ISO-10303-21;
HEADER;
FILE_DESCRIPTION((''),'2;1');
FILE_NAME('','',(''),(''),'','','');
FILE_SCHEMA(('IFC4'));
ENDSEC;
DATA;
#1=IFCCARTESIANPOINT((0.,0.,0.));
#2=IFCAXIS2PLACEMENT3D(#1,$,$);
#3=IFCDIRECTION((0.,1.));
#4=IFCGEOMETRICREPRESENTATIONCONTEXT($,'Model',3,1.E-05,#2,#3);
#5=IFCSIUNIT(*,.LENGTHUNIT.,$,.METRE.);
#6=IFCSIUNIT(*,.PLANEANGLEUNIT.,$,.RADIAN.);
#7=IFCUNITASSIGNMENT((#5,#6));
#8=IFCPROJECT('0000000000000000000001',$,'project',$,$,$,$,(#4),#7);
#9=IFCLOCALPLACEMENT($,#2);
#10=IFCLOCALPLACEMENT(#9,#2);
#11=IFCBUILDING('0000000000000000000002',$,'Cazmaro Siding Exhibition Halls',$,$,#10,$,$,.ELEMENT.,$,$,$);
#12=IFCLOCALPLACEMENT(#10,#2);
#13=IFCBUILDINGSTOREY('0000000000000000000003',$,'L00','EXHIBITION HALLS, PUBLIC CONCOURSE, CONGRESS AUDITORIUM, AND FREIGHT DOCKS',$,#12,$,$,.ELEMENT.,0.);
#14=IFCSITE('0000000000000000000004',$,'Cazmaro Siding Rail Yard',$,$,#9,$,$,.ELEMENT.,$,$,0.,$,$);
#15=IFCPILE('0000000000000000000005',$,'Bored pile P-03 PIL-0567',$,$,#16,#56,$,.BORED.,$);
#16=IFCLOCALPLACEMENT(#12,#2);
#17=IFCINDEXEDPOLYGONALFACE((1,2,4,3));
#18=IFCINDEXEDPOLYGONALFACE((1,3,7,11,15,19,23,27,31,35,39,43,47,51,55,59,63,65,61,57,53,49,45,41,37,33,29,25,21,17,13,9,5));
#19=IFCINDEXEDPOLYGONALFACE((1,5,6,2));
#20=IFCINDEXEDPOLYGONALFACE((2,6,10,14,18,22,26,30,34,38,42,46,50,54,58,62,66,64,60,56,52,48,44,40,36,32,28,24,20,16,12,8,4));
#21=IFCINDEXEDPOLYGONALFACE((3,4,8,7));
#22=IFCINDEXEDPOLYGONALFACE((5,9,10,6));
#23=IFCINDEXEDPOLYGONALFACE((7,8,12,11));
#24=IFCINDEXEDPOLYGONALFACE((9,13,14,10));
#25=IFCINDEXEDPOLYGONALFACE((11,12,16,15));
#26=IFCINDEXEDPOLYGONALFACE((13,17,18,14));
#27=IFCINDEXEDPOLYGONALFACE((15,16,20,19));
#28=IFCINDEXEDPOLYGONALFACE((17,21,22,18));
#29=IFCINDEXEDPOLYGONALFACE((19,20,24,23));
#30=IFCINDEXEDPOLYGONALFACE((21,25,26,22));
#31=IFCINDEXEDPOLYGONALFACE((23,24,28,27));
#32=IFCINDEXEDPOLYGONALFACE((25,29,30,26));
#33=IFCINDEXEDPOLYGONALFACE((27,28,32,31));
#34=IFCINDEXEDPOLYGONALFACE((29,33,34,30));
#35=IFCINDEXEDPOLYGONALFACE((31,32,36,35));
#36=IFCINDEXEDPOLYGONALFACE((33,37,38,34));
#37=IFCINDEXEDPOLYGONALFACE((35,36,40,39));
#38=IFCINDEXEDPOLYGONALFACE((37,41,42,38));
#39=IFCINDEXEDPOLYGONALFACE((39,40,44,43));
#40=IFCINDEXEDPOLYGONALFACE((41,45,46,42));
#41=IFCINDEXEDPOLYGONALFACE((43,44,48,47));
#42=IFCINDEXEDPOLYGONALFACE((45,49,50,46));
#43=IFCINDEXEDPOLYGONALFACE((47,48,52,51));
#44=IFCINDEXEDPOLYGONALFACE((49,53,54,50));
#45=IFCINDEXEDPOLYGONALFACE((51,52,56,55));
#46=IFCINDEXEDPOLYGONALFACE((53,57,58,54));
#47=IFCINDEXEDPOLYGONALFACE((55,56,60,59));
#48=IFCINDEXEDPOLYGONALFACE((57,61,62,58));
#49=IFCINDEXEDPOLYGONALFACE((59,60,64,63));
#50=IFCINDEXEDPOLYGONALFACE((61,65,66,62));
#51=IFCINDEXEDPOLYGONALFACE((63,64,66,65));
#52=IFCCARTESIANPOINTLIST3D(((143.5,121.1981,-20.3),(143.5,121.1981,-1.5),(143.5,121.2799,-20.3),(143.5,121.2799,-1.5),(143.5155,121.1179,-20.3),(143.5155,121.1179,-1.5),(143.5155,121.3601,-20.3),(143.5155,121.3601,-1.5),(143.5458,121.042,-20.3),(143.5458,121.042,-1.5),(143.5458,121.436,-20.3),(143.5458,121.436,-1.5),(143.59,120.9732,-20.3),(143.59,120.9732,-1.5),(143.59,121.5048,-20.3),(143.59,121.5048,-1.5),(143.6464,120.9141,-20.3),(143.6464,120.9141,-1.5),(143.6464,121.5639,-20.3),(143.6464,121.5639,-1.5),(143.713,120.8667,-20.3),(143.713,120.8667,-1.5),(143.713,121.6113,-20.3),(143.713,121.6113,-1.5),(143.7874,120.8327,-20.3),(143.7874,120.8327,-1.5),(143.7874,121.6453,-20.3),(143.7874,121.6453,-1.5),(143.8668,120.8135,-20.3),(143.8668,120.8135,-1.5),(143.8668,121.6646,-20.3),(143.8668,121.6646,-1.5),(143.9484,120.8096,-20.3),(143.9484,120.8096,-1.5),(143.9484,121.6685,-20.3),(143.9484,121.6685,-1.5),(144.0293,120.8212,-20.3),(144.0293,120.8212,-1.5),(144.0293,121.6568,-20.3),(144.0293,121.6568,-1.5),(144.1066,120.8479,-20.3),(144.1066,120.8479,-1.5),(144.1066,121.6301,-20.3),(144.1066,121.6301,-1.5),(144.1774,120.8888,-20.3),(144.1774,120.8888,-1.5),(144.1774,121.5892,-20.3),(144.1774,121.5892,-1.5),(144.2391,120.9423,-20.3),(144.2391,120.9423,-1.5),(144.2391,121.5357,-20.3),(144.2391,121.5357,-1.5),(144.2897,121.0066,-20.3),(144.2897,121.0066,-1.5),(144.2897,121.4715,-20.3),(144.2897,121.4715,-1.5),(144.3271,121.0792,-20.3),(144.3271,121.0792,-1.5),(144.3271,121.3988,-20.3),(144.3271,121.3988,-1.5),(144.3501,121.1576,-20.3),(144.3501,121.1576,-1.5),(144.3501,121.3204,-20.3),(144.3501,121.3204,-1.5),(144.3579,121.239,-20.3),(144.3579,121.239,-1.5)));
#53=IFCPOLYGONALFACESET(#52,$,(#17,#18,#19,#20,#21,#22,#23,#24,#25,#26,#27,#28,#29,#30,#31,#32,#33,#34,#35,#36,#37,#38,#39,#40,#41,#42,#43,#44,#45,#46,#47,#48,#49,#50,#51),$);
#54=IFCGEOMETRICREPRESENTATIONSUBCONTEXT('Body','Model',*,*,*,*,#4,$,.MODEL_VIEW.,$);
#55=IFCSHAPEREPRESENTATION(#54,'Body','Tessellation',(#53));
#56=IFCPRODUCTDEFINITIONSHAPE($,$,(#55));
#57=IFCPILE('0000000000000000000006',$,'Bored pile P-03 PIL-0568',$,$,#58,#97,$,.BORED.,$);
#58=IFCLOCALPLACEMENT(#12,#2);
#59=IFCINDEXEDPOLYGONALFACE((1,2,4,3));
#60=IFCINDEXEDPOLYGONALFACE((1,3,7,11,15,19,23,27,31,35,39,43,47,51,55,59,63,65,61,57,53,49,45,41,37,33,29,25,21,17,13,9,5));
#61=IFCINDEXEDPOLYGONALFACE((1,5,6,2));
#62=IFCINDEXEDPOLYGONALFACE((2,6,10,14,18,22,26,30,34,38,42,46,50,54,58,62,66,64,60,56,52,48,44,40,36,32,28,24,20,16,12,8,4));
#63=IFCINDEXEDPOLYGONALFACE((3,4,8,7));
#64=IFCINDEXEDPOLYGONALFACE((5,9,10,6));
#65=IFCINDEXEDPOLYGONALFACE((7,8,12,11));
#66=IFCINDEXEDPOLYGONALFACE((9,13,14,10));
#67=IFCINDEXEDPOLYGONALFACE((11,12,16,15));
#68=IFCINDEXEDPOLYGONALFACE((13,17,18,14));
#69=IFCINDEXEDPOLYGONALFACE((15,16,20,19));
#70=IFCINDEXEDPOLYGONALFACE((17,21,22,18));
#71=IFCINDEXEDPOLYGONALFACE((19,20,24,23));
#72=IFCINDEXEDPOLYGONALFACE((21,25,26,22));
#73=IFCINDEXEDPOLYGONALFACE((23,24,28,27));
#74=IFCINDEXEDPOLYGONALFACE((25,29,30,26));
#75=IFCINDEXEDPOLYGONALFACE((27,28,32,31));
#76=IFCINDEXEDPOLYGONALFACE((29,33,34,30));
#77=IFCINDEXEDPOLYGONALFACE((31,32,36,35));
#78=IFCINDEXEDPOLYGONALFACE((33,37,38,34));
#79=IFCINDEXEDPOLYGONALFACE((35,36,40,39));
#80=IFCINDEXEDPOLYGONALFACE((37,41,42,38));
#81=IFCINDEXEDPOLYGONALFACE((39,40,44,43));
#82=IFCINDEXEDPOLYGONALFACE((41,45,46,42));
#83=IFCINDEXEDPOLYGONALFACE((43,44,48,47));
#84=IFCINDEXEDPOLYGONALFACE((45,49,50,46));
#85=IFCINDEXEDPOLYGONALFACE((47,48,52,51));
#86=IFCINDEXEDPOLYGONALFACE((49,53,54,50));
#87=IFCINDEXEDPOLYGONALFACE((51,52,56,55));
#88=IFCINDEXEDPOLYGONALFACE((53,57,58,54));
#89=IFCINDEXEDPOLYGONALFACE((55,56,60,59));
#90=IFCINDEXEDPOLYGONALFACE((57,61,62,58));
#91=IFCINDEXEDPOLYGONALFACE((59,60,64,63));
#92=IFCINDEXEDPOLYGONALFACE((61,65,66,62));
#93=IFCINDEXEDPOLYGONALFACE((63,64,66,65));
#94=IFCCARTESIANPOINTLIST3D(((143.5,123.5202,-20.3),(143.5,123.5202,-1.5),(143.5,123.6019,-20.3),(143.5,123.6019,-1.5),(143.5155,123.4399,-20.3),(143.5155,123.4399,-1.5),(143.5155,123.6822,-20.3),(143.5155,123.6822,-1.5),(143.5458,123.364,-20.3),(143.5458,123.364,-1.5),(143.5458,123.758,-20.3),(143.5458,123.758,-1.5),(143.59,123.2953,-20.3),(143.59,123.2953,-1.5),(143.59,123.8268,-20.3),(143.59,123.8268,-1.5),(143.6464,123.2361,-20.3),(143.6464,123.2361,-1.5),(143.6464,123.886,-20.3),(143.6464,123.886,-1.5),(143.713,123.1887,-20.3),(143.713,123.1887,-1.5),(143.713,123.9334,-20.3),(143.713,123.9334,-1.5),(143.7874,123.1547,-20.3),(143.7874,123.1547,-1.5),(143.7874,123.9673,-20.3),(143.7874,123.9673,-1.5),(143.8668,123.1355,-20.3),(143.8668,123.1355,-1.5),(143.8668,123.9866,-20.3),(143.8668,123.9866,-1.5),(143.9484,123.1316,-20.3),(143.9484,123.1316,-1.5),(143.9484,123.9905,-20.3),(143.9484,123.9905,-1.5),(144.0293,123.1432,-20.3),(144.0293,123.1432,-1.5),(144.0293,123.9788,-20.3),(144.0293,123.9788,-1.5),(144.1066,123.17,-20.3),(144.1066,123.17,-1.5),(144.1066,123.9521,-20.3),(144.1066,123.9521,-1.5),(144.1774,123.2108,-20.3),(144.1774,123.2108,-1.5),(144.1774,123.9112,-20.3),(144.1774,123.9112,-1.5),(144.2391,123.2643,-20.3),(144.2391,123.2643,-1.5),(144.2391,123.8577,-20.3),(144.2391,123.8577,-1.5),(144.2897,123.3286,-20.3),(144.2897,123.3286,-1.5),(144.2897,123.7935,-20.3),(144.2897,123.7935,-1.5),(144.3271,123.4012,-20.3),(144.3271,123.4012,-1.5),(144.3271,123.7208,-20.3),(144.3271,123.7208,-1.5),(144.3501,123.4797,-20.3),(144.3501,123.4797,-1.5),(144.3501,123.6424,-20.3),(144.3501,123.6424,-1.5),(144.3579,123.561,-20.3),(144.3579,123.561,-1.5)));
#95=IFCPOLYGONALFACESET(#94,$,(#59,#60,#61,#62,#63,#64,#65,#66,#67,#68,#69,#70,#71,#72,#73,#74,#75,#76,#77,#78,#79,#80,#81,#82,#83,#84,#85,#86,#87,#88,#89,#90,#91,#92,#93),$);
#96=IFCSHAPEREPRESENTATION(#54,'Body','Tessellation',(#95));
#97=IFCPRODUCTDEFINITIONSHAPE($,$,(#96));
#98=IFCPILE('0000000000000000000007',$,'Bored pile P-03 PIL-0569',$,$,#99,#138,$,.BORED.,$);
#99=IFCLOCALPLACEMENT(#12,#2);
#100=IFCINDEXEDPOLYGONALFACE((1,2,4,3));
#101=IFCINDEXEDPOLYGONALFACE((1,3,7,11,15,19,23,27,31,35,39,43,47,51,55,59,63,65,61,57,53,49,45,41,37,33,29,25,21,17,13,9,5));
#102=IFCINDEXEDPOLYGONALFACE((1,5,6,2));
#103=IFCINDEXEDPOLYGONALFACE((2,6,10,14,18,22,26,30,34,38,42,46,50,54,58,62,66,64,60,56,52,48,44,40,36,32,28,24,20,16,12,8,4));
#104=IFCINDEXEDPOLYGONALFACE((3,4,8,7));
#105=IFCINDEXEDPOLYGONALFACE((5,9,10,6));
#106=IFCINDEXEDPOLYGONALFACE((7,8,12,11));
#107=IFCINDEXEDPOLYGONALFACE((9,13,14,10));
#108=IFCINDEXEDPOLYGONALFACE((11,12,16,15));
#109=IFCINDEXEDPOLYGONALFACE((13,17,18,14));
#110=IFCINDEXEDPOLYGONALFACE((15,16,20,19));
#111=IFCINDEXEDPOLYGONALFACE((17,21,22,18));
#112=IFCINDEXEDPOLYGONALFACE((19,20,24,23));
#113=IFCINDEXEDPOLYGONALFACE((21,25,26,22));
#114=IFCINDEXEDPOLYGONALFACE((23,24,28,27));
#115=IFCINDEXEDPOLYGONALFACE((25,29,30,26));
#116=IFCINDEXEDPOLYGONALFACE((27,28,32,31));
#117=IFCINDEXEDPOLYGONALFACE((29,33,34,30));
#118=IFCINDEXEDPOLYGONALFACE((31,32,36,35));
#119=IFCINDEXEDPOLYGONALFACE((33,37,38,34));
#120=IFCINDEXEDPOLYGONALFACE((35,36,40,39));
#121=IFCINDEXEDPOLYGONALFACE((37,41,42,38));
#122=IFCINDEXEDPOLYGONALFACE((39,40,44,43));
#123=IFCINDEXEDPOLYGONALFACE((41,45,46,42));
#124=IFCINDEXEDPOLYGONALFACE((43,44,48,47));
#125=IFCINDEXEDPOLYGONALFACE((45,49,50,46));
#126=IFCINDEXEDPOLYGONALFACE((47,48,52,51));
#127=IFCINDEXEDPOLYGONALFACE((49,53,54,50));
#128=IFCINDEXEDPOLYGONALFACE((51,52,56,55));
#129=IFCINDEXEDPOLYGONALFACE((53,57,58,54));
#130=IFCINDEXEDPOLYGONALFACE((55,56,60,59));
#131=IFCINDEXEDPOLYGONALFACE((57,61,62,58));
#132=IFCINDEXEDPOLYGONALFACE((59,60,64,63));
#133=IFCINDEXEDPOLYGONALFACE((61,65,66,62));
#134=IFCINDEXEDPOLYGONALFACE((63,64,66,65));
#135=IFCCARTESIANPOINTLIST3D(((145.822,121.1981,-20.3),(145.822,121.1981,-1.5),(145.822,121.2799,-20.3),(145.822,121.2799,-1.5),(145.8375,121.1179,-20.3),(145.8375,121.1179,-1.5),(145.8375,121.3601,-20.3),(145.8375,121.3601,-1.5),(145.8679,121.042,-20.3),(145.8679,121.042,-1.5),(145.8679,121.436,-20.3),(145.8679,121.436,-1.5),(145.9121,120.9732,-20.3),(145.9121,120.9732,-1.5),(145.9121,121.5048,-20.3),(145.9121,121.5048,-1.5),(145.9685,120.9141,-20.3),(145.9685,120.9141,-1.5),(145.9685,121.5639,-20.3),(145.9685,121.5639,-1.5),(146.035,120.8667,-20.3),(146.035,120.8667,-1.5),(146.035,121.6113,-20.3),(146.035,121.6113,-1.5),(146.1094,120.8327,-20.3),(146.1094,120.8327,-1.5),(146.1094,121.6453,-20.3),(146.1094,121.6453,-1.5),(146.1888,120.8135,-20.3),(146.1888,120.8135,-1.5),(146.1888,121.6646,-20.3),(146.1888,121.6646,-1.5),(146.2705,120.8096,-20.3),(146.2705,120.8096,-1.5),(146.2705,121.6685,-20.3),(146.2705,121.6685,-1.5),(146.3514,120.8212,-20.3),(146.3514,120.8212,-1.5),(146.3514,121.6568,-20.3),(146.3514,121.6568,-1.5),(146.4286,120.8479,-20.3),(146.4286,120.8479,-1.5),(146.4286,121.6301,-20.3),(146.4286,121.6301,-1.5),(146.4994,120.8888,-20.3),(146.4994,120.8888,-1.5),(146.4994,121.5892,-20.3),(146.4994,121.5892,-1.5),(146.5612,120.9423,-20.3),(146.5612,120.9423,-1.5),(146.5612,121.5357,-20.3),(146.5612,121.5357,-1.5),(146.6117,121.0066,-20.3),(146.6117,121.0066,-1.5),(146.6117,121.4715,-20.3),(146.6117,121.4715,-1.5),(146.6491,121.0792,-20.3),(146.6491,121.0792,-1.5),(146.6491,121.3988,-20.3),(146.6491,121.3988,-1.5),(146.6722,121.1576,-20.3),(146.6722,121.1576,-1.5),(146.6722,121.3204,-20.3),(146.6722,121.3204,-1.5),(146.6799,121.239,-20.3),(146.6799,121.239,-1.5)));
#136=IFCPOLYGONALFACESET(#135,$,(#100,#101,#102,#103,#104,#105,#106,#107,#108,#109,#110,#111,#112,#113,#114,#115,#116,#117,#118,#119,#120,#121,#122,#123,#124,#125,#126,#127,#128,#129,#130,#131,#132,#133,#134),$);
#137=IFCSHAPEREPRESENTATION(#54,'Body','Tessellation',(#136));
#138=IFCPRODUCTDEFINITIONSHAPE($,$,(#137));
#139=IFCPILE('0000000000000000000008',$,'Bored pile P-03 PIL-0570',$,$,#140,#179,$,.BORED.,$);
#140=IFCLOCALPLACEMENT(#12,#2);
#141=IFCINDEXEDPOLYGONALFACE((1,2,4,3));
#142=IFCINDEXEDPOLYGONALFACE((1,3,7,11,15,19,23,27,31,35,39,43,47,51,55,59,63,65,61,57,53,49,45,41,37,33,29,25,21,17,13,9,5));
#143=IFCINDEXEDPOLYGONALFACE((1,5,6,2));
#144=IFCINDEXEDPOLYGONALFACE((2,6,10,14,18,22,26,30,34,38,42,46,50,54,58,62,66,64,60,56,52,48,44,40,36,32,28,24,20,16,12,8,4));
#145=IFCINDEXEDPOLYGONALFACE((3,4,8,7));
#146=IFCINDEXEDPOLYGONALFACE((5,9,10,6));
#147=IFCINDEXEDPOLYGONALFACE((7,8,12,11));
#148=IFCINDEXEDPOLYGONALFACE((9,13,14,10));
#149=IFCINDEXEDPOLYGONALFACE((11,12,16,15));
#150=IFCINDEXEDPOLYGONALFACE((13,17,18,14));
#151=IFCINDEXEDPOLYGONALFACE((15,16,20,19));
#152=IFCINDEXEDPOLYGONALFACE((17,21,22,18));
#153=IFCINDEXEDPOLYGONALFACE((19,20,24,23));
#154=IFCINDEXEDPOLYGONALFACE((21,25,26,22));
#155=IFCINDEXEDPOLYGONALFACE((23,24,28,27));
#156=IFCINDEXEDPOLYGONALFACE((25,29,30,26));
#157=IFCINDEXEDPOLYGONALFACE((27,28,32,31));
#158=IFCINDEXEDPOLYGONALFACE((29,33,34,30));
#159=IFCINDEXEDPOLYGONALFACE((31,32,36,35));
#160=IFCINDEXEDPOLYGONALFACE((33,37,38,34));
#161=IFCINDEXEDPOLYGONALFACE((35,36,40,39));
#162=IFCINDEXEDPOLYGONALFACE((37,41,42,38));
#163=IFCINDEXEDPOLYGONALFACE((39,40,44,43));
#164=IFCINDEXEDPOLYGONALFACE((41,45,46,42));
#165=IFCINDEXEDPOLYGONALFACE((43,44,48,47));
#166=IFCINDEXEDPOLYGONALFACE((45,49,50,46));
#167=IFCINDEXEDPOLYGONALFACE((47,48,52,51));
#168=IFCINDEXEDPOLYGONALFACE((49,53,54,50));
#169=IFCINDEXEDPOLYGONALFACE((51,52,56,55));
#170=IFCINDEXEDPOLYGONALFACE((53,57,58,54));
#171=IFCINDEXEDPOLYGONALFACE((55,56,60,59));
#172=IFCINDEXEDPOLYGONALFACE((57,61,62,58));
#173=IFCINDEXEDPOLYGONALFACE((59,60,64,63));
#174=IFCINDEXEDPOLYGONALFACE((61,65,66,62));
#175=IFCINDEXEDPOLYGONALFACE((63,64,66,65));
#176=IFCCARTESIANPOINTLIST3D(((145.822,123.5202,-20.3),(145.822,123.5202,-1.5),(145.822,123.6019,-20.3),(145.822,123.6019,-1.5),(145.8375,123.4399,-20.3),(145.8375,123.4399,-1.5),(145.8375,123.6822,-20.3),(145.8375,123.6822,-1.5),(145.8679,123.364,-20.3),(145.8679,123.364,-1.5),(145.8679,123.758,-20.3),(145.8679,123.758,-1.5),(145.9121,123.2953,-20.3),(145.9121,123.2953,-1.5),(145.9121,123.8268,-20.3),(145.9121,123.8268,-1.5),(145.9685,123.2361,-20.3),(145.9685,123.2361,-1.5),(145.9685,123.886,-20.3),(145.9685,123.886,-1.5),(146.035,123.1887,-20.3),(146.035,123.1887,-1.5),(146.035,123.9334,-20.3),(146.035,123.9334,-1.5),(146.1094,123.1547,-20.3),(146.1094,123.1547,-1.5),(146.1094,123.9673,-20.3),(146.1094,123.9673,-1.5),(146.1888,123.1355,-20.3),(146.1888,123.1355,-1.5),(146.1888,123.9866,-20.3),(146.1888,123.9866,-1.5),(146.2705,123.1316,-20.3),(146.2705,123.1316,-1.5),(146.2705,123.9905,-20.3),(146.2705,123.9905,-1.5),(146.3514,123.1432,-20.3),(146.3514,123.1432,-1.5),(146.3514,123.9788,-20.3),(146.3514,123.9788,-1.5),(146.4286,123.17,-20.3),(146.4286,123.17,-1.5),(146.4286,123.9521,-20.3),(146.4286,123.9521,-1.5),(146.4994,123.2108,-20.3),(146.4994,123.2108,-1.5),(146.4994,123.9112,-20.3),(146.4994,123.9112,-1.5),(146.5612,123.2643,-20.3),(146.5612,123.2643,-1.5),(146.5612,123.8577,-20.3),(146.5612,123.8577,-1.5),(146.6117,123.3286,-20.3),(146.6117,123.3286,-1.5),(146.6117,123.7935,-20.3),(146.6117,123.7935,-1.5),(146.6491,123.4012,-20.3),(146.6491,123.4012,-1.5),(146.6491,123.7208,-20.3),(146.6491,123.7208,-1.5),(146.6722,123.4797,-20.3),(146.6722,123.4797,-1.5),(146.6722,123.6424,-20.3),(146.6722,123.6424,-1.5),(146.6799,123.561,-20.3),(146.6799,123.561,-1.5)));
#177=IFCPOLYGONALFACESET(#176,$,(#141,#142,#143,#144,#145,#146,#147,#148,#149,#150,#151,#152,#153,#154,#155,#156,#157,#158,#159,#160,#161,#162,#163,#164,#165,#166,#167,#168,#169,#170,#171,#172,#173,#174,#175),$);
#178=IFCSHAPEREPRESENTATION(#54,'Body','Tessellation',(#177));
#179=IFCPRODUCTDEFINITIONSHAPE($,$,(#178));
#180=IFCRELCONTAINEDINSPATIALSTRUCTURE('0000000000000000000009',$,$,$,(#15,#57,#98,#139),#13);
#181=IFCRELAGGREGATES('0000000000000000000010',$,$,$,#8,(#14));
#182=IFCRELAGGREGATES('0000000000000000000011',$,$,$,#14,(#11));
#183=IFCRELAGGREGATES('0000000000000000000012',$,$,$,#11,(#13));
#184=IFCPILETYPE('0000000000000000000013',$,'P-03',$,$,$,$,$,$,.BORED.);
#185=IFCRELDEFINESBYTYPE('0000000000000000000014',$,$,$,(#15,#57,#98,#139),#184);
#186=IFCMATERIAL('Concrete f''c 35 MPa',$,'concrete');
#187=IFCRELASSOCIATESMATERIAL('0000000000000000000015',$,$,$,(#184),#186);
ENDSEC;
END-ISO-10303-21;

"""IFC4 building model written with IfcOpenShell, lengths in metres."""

from ifc_helpers import new_model, si_unit, direction, frame, origin, origin_2d, place, context, subcontext, project, spatial, circle, extrude, material, material_profile, profile_set, type_object, element, save


model = new_model("IFC4")

# Units and contexts
model_context = context("Model", 3, precision=1e-05, world=origin(), true_north=direction((0.0, 1.0)))
body_context = subcontext(model_context, "Body", "Model", "MODEL_VIEW")
ifc_project = project(units=[si_unit("LENGTHUNIT", "METRE"), si_unit("PLANEANGLEUNIT", "RADIAN")], contexts=[model_context])

# Site, building, storey
site_placement = place(None, origin())
site = spatial("IfcSite", under=ifc_project, at=site_placement, Name="Cazmaro Siding Rail Yard", CompositionType="ELEMENT", RefElevation=0.0)
building_placement = place(site_placement, origin())
building = spatial("IfcBuilding", under=site, at=building_placement, Name="Cazmaro Siding Exhibition Halls", CompositionType="ELEMENT")
storey_placement = place(building_placement, origin())
storey = spatial("IfcBuildingStorey", under=building, at=storey_placement, Name="L00", Description="EXHIBITION HALLS, PUBLIC CONCOURSE, CONGRESS AUDITORIUM, AND FREIGHT DOCKS", CompositionType="ELEMENT", Elevation=0.0)

# Piles
ifc_material_1 = material(Name="Concrete f'c 35 MPa", Category="concrete")
ifc_material_profile_1 = material_profile(ifc_material_1, circle(Radius=0.4299, at=origin_2d()), Name="CIDH-860")
ifc_profile_set_1 = profile_set([ifc_material_profile_1], Name="Concrete f'c 35 MPa")
pile_type = type_object("IfcPileType", Name="P-03", PredefinedType="BORED", material=ifc_profile_set_1)
for number, where, z_axis, x_axis, name in (
    (1, (143.928, 121.239, -1.5), (0.0, 0.0, -1.0), (1.0, 0.0, 0.0), "Bored pile P-03 PIL-0567"),
    (2, (143.928, 123.561, -1.5), (0.0, 0.0, -1.0), (1.0, 0.0, 0.0), "Bored pile P-03 PIL-0568"),
    (3, (146.25, 121.239, -1.5), (0.0, 0.0, -1.0), (1.0, 0.0, 0.0), "Bored pile P-03 PIL-0569"),
    (4, (146.25, 123.561, -1.5), (0.0, 0.0, -1.0), (1.0, 0.0, 0.0), "Bored pile P-03 PIL-0570"),
):
    element("IfcPile", number, at=place(storey_placement, frame(where, z_axis=z_axis, x_axis=x_axis)), inside=storey, type_object=pile_type, Name=name, PredefinedType="BORED", context=body_context, shape_type="SweptSolid", body=[
        extrude(circle(Radius=0.4299, at=origin_2d()), origin(), (0.0, 0.0, 1.0), 18.8),
    ])

save(model, "model.ifc")
